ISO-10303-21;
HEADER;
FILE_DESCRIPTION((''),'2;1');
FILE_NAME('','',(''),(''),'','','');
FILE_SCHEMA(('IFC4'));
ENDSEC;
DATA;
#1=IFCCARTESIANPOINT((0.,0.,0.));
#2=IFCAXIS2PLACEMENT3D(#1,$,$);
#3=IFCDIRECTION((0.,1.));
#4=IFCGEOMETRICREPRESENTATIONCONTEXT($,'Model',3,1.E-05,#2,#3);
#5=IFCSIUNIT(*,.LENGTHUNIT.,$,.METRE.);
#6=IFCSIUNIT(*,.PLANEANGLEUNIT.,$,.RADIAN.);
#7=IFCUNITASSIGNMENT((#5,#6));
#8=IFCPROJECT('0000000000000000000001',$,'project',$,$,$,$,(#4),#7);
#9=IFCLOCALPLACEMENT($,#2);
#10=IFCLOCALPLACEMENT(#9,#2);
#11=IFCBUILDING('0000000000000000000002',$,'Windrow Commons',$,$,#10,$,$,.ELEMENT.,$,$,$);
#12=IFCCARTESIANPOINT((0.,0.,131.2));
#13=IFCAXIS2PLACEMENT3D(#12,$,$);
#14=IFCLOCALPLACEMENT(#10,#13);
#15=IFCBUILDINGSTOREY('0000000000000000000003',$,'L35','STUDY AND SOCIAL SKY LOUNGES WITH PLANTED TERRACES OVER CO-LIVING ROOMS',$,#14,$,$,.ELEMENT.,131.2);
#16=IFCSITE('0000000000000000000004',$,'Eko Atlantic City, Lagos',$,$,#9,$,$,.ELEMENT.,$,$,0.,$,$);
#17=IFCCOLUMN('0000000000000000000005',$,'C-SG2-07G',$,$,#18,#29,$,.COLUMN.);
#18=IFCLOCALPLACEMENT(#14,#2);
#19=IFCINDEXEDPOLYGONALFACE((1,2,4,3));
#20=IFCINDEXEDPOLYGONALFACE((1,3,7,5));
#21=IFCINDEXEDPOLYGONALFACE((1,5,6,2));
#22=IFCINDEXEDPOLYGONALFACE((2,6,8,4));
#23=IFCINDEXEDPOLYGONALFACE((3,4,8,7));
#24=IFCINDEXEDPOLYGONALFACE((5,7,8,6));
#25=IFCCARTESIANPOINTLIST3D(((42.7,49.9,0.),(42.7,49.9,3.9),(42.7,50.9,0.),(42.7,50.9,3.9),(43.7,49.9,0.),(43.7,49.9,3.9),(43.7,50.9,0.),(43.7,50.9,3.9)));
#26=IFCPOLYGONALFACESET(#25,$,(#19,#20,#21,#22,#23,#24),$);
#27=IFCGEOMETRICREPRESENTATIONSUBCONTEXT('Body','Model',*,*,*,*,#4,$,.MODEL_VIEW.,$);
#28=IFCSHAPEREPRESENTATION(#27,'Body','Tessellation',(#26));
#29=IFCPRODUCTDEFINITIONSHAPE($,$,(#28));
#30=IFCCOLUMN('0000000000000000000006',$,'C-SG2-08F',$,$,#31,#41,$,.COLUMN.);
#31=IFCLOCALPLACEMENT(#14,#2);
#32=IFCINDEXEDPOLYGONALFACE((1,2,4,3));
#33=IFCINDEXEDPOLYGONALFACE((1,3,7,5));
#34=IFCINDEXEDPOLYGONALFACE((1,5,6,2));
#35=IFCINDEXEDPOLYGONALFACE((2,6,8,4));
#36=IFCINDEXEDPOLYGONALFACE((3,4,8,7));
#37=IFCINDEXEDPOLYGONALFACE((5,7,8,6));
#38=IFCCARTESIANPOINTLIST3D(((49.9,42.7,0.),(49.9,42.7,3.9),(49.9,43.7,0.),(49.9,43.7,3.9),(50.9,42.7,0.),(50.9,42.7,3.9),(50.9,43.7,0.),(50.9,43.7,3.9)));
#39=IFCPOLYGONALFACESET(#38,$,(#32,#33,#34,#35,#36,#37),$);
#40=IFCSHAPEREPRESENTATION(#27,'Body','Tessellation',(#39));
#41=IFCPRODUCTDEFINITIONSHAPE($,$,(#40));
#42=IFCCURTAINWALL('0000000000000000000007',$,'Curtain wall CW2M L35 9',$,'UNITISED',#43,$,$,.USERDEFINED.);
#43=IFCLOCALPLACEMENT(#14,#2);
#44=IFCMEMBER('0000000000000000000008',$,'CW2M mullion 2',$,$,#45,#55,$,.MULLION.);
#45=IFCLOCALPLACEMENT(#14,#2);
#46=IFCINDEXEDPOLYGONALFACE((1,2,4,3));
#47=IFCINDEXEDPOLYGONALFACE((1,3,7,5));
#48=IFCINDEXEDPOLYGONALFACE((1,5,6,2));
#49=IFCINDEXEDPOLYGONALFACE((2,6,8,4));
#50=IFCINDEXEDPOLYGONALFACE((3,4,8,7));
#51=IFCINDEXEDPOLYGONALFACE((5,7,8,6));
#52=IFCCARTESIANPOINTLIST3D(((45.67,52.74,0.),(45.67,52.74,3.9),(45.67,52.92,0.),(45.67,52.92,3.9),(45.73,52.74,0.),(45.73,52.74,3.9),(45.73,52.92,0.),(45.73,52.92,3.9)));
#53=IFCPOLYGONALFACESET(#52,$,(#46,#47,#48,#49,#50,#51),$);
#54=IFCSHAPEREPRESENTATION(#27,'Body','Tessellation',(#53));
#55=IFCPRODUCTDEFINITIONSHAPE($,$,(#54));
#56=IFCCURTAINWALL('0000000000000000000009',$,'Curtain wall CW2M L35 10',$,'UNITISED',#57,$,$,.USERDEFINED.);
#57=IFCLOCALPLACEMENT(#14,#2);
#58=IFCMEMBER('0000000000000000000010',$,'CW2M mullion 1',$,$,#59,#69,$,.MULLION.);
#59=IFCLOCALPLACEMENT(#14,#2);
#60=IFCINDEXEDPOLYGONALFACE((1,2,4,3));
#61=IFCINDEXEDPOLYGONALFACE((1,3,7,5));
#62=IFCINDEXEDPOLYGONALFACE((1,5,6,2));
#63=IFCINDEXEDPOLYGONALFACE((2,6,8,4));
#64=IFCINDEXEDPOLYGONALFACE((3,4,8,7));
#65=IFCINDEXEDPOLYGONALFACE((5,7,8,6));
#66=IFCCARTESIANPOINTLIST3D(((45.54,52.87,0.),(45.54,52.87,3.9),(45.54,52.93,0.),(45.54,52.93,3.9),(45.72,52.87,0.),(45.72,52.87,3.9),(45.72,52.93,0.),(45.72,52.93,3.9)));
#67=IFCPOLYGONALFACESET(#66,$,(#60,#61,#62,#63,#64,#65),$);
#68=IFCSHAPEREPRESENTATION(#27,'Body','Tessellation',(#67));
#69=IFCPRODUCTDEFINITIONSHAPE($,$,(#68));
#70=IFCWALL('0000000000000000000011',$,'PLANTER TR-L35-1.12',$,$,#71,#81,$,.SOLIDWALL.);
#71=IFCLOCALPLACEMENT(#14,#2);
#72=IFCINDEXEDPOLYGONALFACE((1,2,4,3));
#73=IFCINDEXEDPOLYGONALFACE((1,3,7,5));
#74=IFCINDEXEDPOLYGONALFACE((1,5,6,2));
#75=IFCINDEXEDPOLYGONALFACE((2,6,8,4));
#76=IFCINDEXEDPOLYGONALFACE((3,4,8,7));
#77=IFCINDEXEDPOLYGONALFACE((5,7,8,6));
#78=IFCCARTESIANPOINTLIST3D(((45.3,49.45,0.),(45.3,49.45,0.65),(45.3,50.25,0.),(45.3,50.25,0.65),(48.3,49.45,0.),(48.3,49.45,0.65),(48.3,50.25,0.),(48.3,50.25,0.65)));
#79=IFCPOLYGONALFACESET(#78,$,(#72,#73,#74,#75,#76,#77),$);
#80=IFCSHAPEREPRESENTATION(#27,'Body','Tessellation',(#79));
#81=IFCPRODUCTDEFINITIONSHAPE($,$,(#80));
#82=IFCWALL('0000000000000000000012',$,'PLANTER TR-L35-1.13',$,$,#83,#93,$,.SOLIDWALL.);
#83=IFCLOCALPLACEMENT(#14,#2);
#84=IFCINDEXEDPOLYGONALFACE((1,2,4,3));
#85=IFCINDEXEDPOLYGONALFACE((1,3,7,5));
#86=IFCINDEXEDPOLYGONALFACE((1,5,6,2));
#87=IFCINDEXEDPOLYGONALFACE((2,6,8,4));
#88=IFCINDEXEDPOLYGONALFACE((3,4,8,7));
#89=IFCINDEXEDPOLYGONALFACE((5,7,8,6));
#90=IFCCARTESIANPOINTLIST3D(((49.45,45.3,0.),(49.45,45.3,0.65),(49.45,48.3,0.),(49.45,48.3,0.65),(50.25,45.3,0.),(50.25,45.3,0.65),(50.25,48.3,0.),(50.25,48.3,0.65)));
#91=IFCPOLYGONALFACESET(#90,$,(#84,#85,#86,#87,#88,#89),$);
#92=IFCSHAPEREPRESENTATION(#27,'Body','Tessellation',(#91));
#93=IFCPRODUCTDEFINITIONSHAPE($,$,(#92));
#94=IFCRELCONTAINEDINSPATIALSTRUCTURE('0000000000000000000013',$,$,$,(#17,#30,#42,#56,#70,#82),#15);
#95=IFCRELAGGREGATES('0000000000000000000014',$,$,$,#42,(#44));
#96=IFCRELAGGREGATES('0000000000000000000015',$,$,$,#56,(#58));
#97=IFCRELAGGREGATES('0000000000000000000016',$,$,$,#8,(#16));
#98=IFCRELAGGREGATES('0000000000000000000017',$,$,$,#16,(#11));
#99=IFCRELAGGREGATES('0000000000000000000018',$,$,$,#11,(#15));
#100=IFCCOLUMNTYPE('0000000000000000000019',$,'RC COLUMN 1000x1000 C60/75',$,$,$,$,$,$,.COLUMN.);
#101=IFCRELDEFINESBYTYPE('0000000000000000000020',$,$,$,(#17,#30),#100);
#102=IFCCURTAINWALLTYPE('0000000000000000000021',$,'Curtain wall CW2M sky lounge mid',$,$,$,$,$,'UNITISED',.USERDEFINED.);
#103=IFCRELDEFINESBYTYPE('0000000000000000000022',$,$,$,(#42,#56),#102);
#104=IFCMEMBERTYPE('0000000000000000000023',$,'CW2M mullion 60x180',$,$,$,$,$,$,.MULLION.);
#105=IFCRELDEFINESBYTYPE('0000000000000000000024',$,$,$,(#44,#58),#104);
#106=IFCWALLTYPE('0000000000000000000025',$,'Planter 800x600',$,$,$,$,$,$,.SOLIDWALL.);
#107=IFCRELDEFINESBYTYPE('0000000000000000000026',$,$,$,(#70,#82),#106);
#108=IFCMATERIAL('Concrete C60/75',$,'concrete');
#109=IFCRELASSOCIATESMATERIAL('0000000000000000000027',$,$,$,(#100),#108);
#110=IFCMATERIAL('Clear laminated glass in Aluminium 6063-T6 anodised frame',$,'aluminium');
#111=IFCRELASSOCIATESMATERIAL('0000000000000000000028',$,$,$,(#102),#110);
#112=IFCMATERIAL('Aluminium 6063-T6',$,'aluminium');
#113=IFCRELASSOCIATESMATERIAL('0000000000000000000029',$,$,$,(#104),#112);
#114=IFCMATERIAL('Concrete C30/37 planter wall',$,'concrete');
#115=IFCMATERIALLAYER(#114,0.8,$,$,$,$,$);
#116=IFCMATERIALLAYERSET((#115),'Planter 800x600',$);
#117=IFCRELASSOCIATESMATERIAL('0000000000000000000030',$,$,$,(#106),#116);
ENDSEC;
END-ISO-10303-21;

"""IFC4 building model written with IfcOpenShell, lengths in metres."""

from ifc_helpers import new_model, si_unit, direction, frame, frame_2d, origin, origin_2d, place, context, subcontext, project, spatial, rectangle, extrude, material, layer, layer_set, material_profile, profile_set, type_object, element, aggregate, save


model = new_model("IFC4")

# Units and contexts
model_context = context("Model", 3, precision=1e-05, world=origin(), true_north=direction((0.0, 1.0)))
body_context = subcontext(model_context, "Body", "Model", "MODEL_VIEW")
ifc_project = project(units=[si_unit("LENGTHUNIT", "METRE"), si_unit("PLANEANGLEUNIT", "RADIAN")], contexts=[model_context])

# Site, building, storey
site_placement = place(None, origin())
site = spatial("IfcSite", under=ifc_project, at=site_placement, Name="Eko Atlantic City, Lagos", CompositionType="ELEMENT", RefElevation=0.0)
building_placement = place(site_placement, origin())
building = spatial("IfcBuilding", under=site, at=building_placement, Name="Windrow Commons", CompositionType="ELEMENT")
storey_placement = place(building_placement, frame((0.0, 0.0, 131.2)))
storey = spatial("IfcBuildingStorey", under=building, at=storey_placement, Name="L35", Description="STUDY AND SOCIAL SKY LOUNGES WITH PLANTED TERRACES OVER CO-LIVING ROOMS", CompositionType="ELEMENT", Elevation=131.2)

# Columns
ifc_material_1 = material(Name="Concrete C60/75", Category="concrete")
ifc_material_profile_1 = material_profile(ifc_material_1, rectangle(XDim=1.0, YDim=1.0, at=origin_2d()))
ifc_profile_set_1 = profile_set([ifc_material_profile_1], Name="Concrete C60/75")
column_type = type_object("IfcColumnType", Name="RC COLUMN 1000x1000 C60/75", PredefinedType="COLUMN", material=ifc_profile_set_1)
for number, where, z_axis, x_axis, name in (
    (1, (43.2, 50.4, 0.0), (0.0, 0.0, 1.0), (1.0, 0.0, 0.0), "C-SG2-07G"),
    (2, (50.4, 43.2, 0.0), (0.0, 0.0, 1.0), (1.0, 0.0, 0.0), "C-SG2-08F"),
):
    element("IfcColumn", number, at=place(storey_placement, frame(where, z_axis=z_axis, x_axis=x_axis)), inside=storey, type_object=column_type, Name=name, PredefinedType="COLUMN", context=body_context, shape_type="SweptSolid", body=[
        extrude(rectangle(XDim=1.0, YDim=1.0, at=origin_2d()), origin(), (0.0, 0.0, 1.0), 3.9),
    ])

# Curtain walls, members
ifc_material_2 = material(Name="Clear laminated glass in Aluminium 6063-T6 anodised frame", Category="aluminium")
curtain_wall_type = type_object("IfcCurtainWallType", Name="Curtain wall CW2M sky lounge mid", ElementType="UNITISED", PredefinedType="USERDEFINED", material=ifc_material_2)
placement = place(storey_placement, origin())
curtain_wall_1 = element("IfcCurtainWall", 3, at=placement, inside=storey, type_object=curtain_wall_type, Name="Curtain wall CW2M L35 9", ObjectType="UNITISED", PredefinedType="USERDEFINED")
ifc_material_3 = material(Name="Aluminium 6063-T6", Category="aluminium")
ifc_material_profile_2 = material_profile(ifc_material_3, rectangle(XDim=0.06, YDim=0.18, at=origin_2d()))
ifc_profile_set_2 = profile_set([ifc_material_profile_2], Name="Aluminium 6063-T6")
member_type = type_object("IfcMemberType", Name="CW2M mullion 60x180", PredefinedType="MULLION", material=ifc_profile_set_2)
member_1_placement = place(storey_placement, frame((45.7, 52.83, 0.0), z_axis=(0.0, 0.0, 1.0), x_axis=(1.0, 0.0, 0.0)))
member_1 = element("IfcMember", 4, at=member_1_placement, type_object=member_type, Name="CW2M mullion 2", PredefinedType="MULLION", context=body_context, shape_type="SweptSolid", body=[
    extrude(rectangle(XDim=0.06, YDim=0.18, at=origin_2d()), origin(), (0.0, 0.0, 1.0), 3.9),
])
aggregate(curtain_wall_1, [member_1])
curtain_wall_2 = element("IfcCurtainWall", 5, at=placement, inside=storey, type_object=curtain_wall_type, Name="Curtain wall CW2M L35 10", ObjectType="UNITISED", PredefinedType="USERDEFINED")
member_2_placement = place(storey_placement, frame((45.63, 52.9, 0.0), z_axis=(0.0, 0.0, 1.0), x_axis=(0.0, 1.0, 0.0)))
member_2 = element("IfcMember", 6, at=member_2_placement, type_object=member_type, Name="CW2M mullion 1", PredefinedType="MULLION", context=body_context, shape_type="SweptSolid", body=[
    extrude(rectangle(XDim=0.06, YDim=0.18, at=origin_2d()), origin(), (0.0, 0.0, 1.0), 3.9),
])
aggregate(curtain_wall_2, [member_2])

# Walls
ifc_material_4 = material(Name="Concrete C30/37 planter wall", Category="concrete")
ifc_layer = layer(ifc_material_4, 0.8)
ifc_layer_set = layer_set([ifc_layer], Name="Planter 800x600")
wall_type = type_object("IfcWallType", Name="Planter 800x600", PredefinedType="SOLIDWALL", material=ifc_layer_set)
for number, where, z_axis, x_axis, name in (
    (7, (45.3, 49.85, 0.0), (0.0, 0.0, 1.0), (1.0, 0.0, 0.0), "PLANTER TR-L35-1.12"),
    (8, (49.85, 48.3, 0.0), (0.0, 0.0, 1.0), (0.0, -1.0, 0.0), "PLANTER TR-L35-1.13"),
):
    element("IfcWall", number, at=place(storey_placement, frame(where, z_axis=z_axis, x_axis=x_axis)), inside=storey, type_object=wall_type, Name=name, PredefinedType="SOLIDWALL", context=body_context, shape_type="SweptSolid", body=[
        extrude(rectangle(XDim=3.0, YDim=0.8, at=frame_2d((1.5, 0.0))), origin(), (0.0, 0.0, 1.0), 0.65),
    ])

save(model, "model.ifc")
